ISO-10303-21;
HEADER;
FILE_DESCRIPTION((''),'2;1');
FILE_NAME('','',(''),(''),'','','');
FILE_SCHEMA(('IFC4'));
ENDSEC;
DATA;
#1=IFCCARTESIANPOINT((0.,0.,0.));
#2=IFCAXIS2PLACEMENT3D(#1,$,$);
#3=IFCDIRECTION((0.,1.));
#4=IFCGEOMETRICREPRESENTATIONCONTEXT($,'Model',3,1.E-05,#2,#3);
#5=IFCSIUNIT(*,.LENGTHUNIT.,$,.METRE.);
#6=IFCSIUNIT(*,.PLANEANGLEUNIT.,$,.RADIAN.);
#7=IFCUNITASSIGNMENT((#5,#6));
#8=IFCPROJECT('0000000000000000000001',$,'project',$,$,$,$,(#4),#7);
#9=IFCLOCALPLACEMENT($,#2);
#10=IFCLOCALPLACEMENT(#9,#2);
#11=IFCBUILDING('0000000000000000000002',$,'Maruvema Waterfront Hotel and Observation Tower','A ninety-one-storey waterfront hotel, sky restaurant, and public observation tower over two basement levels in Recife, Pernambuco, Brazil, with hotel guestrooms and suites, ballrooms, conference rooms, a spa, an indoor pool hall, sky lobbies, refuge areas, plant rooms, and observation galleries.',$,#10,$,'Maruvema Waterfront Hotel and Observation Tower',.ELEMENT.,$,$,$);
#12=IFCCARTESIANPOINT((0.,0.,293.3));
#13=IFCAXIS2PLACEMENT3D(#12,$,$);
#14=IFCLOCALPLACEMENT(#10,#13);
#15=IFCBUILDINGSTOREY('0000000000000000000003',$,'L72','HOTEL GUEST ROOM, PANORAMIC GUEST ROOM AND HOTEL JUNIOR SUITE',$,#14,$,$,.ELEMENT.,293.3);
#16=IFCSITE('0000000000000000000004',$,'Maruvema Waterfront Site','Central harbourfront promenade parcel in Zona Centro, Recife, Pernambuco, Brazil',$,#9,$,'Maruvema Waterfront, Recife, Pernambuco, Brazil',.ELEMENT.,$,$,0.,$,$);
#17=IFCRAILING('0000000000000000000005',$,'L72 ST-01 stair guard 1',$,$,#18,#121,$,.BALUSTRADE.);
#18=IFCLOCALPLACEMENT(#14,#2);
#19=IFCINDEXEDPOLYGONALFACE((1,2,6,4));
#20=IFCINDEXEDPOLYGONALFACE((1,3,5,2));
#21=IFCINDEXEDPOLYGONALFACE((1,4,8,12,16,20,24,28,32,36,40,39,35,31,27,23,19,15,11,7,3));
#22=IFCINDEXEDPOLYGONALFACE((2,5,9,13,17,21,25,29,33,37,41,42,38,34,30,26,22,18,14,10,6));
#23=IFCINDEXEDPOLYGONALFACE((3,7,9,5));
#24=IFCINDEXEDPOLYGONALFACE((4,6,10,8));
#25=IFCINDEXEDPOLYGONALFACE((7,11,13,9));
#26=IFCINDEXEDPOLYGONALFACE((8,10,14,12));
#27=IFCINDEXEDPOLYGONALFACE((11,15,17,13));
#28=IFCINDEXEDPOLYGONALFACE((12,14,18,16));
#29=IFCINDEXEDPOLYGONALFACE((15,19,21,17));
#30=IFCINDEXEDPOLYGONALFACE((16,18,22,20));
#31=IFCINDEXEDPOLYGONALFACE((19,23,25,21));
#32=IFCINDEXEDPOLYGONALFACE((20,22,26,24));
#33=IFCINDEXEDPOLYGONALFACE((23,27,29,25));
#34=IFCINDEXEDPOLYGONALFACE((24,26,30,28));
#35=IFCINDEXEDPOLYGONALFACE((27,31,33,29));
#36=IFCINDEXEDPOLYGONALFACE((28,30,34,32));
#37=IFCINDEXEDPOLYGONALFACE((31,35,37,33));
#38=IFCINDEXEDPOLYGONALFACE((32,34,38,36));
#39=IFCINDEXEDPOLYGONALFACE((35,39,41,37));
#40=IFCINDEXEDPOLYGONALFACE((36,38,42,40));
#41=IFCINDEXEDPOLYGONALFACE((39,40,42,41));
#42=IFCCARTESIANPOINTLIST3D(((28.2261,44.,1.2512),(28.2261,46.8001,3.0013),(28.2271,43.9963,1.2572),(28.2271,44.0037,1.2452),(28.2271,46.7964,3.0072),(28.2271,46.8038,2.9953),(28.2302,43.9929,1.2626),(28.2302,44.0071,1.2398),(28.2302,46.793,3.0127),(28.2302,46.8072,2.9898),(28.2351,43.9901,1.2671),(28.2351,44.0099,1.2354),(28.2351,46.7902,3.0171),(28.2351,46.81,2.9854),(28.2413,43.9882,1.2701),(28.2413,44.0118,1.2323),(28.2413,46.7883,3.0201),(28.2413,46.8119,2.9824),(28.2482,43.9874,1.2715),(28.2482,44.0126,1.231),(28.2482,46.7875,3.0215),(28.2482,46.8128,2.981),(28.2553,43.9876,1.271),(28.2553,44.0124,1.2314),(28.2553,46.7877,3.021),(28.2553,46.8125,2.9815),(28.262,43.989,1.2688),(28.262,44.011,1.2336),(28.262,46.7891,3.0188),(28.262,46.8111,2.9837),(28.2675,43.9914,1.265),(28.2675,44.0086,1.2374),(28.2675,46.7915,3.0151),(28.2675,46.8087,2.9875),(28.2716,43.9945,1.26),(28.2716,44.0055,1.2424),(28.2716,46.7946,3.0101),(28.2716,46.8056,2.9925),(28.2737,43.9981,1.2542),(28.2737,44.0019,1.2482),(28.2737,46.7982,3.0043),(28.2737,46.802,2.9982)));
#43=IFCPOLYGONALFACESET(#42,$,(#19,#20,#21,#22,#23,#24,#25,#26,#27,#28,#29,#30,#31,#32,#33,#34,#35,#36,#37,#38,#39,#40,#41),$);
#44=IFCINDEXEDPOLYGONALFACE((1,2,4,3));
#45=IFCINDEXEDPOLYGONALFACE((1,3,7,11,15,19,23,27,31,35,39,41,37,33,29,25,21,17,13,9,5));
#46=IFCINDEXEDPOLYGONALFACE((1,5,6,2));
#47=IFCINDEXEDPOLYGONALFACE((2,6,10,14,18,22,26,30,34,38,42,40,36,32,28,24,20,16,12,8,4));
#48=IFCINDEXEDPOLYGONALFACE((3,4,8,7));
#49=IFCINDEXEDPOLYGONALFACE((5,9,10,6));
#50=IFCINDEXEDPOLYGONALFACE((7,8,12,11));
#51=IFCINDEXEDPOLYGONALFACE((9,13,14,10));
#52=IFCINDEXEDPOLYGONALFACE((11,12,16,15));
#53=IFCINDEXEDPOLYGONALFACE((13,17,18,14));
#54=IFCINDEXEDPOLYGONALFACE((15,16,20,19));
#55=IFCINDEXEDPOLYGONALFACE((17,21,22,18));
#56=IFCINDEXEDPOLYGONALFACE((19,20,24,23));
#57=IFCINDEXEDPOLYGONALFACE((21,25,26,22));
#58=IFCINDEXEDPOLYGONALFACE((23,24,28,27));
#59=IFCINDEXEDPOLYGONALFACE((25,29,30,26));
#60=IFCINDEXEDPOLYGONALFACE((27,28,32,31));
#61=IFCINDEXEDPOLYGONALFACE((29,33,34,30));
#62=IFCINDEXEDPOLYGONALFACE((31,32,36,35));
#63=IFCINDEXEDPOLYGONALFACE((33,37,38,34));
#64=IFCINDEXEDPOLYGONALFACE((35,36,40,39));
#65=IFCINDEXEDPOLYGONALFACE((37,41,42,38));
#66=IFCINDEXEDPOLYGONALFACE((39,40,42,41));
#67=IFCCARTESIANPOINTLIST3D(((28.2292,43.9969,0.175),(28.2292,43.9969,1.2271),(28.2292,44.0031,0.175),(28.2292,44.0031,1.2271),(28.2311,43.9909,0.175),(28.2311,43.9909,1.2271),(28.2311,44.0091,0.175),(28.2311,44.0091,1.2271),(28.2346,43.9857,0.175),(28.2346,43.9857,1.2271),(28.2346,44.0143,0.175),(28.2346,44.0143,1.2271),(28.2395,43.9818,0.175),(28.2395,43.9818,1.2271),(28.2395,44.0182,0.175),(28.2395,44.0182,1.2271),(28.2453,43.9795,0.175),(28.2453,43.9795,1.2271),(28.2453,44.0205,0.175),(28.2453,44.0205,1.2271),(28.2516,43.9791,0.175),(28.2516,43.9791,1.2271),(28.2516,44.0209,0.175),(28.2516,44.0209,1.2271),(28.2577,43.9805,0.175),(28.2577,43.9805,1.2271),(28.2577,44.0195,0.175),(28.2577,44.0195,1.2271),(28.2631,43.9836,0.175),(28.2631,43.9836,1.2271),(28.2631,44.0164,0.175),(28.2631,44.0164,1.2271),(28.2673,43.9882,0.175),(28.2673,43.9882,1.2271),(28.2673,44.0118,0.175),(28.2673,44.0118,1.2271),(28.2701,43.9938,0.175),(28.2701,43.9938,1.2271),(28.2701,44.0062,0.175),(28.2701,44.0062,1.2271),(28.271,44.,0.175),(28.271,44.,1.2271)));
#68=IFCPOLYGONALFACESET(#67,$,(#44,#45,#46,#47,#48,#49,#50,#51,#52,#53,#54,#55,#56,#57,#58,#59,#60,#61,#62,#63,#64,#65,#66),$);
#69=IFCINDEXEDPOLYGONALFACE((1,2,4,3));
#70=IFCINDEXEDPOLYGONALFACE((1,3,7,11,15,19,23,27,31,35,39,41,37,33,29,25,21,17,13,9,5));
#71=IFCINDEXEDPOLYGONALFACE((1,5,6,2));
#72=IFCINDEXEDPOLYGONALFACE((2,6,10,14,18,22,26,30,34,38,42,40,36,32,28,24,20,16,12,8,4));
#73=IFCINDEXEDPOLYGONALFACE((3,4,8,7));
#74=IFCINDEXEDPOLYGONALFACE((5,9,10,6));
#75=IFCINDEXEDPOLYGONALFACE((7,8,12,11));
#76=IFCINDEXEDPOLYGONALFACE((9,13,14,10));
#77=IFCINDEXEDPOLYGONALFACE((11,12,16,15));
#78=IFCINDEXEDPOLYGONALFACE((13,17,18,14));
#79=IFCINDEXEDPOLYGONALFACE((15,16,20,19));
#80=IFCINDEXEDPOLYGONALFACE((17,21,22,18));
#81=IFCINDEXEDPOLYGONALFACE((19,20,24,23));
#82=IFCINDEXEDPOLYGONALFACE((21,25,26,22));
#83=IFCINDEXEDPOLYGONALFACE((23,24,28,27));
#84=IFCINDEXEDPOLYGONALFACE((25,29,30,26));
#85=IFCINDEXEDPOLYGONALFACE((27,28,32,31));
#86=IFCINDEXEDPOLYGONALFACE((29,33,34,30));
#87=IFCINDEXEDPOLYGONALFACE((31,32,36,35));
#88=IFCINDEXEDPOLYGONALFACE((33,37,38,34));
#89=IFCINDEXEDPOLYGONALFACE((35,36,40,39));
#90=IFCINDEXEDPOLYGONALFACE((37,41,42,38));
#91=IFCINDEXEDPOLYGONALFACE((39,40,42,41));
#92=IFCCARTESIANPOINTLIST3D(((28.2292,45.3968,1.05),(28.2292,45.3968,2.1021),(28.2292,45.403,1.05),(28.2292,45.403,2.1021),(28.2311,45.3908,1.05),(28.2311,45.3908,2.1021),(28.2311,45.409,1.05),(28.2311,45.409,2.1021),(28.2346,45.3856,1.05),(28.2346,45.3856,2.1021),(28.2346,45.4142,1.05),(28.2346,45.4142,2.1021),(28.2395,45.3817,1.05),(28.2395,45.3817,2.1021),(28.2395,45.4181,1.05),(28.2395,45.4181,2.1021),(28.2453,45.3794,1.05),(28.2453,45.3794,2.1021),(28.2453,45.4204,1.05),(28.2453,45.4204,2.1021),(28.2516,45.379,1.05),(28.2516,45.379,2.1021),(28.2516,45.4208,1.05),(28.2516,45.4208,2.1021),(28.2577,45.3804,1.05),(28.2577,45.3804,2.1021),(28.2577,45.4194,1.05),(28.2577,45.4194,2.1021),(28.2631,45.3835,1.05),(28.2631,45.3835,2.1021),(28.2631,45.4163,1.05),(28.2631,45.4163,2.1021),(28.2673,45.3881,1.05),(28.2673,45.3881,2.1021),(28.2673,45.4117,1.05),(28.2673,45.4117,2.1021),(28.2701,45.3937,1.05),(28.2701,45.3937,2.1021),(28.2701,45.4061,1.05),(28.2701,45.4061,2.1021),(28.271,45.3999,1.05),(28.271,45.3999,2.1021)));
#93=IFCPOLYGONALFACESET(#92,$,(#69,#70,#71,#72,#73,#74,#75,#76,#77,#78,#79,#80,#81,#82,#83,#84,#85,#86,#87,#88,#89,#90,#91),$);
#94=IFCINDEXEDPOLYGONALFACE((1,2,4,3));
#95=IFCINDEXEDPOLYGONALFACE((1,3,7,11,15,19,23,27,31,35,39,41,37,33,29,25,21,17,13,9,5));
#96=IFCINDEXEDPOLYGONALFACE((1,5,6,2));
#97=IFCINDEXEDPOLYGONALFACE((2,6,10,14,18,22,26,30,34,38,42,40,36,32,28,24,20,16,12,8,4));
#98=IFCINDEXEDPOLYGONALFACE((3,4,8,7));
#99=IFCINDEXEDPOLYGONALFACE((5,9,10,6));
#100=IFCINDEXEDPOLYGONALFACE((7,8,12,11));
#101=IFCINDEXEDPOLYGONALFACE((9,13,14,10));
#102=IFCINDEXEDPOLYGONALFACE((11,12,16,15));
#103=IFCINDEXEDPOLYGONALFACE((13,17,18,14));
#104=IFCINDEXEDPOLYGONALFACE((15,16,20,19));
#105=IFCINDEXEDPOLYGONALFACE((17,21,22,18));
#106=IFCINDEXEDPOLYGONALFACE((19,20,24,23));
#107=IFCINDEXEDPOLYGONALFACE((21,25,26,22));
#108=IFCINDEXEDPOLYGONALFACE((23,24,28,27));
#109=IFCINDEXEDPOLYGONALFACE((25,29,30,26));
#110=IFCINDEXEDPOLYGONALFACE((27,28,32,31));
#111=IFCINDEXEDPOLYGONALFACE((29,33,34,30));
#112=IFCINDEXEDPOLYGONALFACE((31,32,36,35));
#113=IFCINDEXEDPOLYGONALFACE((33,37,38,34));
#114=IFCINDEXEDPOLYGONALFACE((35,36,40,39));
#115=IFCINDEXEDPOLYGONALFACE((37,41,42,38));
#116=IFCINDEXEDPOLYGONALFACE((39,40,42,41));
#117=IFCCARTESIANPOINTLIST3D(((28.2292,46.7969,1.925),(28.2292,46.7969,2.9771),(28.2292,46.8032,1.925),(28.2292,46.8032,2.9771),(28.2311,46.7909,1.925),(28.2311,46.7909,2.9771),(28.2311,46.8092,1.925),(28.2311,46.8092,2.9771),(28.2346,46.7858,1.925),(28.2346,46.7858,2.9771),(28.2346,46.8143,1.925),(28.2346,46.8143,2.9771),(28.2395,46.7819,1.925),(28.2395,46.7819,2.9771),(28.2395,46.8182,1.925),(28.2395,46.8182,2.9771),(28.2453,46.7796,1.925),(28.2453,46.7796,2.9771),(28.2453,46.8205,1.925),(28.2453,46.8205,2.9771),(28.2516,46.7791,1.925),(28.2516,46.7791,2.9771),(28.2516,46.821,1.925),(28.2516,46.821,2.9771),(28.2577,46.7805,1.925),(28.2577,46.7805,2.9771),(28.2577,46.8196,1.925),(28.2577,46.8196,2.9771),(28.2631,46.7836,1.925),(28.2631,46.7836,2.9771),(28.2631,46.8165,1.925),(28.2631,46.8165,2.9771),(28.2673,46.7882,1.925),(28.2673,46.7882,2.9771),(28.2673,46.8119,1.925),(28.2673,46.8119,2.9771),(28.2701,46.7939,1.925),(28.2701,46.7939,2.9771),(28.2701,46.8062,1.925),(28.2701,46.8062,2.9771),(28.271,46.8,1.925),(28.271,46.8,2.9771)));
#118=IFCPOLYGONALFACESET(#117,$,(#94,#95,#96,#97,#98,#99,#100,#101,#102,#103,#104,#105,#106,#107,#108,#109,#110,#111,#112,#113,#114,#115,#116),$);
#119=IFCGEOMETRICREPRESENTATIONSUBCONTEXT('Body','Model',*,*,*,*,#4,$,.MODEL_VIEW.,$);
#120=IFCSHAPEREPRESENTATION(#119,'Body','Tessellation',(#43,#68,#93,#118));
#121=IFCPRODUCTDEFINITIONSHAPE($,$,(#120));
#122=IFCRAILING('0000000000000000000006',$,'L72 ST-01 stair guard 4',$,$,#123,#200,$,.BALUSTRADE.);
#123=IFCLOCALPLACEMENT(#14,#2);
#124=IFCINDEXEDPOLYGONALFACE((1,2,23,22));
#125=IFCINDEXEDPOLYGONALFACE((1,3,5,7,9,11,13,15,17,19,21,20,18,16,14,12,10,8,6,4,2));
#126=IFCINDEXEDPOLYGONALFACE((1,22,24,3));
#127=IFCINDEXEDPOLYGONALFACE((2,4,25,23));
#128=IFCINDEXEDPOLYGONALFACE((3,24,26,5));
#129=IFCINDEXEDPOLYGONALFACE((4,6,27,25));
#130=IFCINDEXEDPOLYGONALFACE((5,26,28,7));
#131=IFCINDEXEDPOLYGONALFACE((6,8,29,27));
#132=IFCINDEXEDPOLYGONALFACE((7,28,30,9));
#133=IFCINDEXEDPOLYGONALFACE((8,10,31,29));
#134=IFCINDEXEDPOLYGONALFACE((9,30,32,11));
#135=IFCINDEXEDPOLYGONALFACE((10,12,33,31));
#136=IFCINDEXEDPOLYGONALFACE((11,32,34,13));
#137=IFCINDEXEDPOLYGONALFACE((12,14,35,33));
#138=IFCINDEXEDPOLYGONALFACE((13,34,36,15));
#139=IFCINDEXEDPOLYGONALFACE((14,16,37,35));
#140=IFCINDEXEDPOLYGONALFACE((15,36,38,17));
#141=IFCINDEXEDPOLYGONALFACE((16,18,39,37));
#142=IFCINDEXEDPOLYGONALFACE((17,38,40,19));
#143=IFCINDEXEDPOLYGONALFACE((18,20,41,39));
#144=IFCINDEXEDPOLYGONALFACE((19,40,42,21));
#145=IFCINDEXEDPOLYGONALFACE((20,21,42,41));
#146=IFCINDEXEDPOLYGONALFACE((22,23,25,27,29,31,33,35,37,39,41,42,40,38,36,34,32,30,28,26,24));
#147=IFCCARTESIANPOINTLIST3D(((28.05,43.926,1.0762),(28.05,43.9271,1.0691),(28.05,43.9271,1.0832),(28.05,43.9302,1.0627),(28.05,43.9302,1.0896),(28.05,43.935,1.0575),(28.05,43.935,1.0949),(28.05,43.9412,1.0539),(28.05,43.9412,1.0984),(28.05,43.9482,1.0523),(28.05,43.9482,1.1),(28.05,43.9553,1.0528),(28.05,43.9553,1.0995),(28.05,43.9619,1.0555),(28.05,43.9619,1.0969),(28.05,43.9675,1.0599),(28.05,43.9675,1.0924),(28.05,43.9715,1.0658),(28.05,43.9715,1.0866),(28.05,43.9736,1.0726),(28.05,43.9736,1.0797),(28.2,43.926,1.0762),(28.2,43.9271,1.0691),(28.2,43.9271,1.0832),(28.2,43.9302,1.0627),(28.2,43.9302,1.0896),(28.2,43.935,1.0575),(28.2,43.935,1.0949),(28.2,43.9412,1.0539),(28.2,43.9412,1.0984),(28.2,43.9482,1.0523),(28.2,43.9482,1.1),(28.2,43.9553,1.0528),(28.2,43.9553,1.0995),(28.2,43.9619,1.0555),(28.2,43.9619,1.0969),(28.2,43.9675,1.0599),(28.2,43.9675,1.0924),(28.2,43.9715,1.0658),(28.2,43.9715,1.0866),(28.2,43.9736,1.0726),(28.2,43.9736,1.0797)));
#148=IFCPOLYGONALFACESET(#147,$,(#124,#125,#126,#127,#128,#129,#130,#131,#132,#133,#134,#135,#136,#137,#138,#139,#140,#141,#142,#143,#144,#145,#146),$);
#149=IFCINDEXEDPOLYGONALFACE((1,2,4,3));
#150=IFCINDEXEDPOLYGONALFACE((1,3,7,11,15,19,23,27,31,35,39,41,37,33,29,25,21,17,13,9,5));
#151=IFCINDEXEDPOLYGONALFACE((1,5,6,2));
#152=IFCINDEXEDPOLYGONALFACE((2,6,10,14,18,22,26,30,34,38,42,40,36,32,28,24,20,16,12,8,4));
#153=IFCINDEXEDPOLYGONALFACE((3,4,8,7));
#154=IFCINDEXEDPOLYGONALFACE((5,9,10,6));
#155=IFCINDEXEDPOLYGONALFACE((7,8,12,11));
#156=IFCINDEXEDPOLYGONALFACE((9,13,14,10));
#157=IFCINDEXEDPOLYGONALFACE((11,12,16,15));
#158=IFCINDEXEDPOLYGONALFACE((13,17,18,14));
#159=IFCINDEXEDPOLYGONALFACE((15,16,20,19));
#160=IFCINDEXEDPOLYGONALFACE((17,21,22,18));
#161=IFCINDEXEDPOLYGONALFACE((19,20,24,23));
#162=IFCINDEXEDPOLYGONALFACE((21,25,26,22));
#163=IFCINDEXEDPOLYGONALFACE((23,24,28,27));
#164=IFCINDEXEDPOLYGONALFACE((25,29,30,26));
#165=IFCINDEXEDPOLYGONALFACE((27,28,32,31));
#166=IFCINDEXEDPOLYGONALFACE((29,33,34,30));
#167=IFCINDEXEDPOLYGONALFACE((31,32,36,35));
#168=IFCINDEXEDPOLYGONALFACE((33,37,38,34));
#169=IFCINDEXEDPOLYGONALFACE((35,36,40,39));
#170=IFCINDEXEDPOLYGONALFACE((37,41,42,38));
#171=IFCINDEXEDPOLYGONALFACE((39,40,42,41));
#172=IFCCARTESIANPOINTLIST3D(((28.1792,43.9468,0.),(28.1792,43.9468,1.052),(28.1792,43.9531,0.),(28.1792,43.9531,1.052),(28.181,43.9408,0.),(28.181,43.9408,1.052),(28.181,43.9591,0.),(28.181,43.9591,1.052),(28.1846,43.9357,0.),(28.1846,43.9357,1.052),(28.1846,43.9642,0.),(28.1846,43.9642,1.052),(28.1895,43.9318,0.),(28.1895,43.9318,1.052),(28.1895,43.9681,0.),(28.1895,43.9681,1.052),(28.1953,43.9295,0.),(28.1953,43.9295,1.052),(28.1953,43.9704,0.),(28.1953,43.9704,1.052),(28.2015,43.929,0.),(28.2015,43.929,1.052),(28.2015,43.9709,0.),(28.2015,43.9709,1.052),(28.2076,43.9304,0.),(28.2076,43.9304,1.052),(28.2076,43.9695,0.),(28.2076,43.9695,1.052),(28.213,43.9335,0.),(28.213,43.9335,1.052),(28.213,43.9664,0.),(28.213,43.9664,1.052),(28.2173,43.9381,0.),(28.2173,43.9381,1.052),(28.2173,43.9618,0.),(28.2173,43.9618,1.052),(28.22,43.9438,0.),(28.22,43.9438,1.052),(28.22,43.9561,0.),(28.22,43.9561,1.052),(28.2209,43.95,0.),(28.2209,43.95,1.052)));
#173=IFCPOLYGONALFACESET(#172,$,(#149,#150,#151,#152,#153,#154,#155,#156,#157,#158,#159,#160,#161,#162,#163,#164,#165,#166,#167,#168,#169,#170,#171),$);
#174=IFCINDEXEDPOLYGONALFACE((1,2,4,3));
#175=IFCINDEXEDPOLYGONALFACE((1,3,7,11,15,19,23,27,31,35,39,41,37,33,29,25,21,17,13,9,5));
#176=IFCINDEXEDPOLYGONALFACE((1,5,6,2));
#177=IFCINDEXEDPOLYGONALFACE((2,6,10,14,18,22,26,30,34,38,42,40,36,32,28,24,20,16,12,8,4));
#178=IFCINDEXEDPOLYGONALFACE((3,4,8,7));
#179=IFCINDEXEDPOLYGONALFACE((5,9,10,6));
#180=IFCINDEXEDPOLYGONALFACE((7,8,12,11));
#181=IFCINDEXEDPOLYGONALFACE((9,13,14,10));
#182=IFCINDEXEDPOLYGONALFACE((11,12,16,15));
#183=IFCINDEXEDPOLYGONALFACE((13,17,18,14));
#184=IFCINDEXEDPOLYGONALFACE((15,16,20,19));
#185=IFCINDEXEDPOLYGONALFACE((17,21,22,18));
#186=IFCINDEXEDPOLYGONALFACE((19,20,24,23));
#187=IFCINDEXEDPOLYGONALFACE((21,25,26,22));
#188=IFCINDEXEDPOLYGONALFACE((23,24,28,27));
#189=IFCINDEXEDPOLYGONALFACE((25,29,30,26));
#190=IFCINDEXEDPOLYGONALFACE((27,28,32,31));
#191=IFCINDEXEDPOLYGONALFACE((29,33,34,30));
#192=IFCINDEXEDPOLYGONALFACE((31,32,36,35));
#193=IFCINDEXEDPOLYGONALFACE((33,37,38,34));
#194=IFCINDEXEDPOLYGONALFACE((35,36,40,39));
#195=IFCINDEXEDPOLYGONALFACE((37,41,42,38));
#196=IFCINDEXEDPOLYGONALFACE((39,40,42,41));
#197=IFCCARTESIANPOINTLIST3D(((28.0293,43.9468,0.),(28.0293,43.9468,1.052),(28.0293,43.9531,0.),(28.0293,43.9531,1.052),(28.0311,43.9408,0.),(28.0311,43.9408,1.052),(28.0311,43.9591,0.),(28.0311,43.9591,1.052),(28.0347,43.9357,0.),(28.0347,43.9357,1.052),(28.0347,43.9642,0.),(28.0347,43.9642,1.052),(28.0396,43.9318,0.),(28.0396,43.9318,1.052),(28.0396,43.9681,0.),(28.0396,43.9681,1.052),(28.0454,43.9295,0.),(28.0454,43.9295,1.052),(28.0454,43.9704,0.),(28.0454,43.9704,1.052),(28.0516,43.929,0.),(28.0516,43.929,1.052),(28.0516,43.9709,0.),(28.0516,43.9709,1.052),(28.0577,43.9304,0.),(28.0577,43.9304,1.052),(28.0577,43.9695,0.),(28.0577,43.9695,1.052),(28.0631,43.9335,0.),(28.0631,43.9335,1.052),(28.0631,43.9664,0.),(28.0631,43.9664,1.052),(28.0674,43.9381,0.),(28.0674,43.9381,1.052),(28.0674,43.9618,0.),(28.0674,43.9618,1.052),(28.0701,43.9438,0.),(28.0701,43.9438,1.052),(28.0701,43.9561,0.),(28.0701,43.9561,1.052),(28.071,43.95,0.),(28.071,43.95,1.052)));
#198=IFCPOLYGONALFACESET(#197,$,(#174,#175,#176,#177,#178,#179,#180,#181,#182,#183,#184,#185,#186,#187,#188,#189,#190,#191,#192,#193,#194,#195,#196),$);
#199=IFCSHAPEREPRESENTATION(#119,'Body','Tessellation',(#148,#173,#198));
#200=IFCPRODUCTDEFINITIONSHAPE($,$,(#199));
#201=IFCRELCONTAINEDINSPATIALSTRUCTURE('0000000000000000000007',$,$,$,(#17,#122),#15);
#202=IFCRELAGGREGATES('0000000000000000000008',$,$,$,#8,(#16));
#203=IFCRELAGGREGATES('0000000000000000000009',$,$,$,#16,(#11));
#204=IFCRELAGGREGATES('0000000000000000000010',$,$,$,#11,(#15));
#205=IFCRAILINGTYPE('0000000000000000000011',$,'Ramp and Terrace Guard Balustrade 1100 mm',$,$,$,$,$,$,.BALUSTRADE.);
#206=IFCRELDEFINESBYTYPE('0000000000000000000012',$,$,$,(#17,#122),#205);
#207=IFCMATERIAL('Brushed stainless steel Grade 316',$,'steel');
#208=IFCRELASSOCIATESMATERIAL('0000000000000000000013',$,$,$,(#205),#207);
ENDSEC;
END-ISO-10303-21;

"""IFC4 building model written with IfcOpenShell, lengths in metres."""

from ifc_helpers import new_model, si_unit, direction, frame, origin, origin_2d, place, context, subcontext, project, spatial, circle, extrude, material, type_object, element, save


model = new_model("IFC4")

# Units and contexts
model_context = context("Model", 3, precision=1e-05, world=origin(), true_north=direction((0.0, 1.0)))
body_context = subcontext(model_context, "Body", "Model", "MODEL_VIEW")
ifc_project = project(units=[si_unit("LENGTHUNIT", "METRE"), si_unit("PLANEANGLEUNIT", "RADIAN")], contexts=[model_context])

# Site, building, storey
site_placement = place(None, origin())
site = spatial("IfcSite", under=ifc_project, at=site_placement, Name="Maruvema Waterfront Site", Description="Central harbourfront promenade parcel in Zona Centro, Recife, Pernambuco, Brazil", LongName="Maruvema Waterfront, Recife, Pernambuco, Brazil", CompositionType="ELEMENT", RefElevation=0.0)
building_placement = place(site_placement, origin())
building = spatial("IfcBuilding", under=site, at=building_placement, Name="Maruvema Waterfront Hotel and Observation Tower", Description="A ninety-one-storey waterfront hotel, sky restaurant, and public observation tower over two basement levels in Recife, Pernambuco, Brazil, with hotel guestrooms and suites, ballrooms, conference rooms, a spa, an indoor pool hall, sky lobbies, refuge areas, plant rooms, and observation galleries.", LongName="Maruvema Waterfront Hotel and Observation Tower", CompositionType="ELEMENT")
storey_placement = place(building_placement, frame((0.0, 0.0, 293.3)))
storey = spatial("IfcBuildingStorey", under=building, at=storey_placement, Name="L72", Description="HOTEL GUEST ROOM, PANORAMIC GUEST ROOM AND HOTEL JUNIOR SUITE", CompositionType="ELEMENT", Elevation=293.3)

# Railings
ifc_material_1 = material(Name="Brushed stainless steel Grade 316", Category="steel")
railing_type_1 = type_object("IfcRailingType", Name="Ramp and Terrace Guard Balustrade 1100 mm", PredefinedType="BALUSTRADE", material=ifc_material_1)
railing_1_placement = place(storey_placement, frame((28.25, 44.0, 0.175)))
element("IfcRailing", 1, at=railing_1_placement, inside=storey, type_object=railing_type_1, Name="L72 ST-01 stair guard 1", PredefinedType="BALUSTRADE", context=body_context, shape_type="SweptSolid", body=[
    extrude(circle(Radius=0.0239, at=origin_2d()), frame((0.0, 0.0, 1.0762), z_axis=(0.0, 0.848002, 0.529992), x_axis=(-1.0, 0.0, 0.0)), (0.0, 0.0, 1.0), 3.302),
    extrude(circle(Radius=0.021, at=origin_2d()), origin(), (0.0, 0.0, 1.0), 1.052),
    extrude(circle(Radius=0.021, at=origin_2d()), frame((0.0, 1.3999, 0.875)), (0.0, 0.0, 1.0), 1.052),
    extrude(circle(Radius=0.021, at=origin_2d()), frame((0.0, 2.8, 1.75)), (0.0, 0.0, 1.0), 1.052),
])
railing_2_placement = place(storey_placement, frame((28.2, 43.95, 0.0)))
element("IfcRailing", 2, at=railing_2_placement, inside=storey, type_object=railing_type_1, Name="L72 ST-01 stair guard 4", PredefinedType="BALUSTRADE", context=body_context, shape_type="SweptSolid", body=[
    extrude(circle(Radius=0.0239, at=origin_2d()), frame((0.0, 0.0, 1.0762), z_axis=(-1.0, 0.0, 0.0), x_axis=(0.0, -1.0, 0.0)), (0.0, 0.0, 1.0), 0.1499),
    extrude(circle(Radius=0.021, at=origin_2d()), origin(), (0.0, 0.0, 1.0), 1.052),
    extrude(circle(Radius=0.021, at=origin_2d()), frame((-0.1499, 0.0, 0.0)), (0.0, 0.0, 1.0), 1.052),
])

save(model, "model.ifc")
